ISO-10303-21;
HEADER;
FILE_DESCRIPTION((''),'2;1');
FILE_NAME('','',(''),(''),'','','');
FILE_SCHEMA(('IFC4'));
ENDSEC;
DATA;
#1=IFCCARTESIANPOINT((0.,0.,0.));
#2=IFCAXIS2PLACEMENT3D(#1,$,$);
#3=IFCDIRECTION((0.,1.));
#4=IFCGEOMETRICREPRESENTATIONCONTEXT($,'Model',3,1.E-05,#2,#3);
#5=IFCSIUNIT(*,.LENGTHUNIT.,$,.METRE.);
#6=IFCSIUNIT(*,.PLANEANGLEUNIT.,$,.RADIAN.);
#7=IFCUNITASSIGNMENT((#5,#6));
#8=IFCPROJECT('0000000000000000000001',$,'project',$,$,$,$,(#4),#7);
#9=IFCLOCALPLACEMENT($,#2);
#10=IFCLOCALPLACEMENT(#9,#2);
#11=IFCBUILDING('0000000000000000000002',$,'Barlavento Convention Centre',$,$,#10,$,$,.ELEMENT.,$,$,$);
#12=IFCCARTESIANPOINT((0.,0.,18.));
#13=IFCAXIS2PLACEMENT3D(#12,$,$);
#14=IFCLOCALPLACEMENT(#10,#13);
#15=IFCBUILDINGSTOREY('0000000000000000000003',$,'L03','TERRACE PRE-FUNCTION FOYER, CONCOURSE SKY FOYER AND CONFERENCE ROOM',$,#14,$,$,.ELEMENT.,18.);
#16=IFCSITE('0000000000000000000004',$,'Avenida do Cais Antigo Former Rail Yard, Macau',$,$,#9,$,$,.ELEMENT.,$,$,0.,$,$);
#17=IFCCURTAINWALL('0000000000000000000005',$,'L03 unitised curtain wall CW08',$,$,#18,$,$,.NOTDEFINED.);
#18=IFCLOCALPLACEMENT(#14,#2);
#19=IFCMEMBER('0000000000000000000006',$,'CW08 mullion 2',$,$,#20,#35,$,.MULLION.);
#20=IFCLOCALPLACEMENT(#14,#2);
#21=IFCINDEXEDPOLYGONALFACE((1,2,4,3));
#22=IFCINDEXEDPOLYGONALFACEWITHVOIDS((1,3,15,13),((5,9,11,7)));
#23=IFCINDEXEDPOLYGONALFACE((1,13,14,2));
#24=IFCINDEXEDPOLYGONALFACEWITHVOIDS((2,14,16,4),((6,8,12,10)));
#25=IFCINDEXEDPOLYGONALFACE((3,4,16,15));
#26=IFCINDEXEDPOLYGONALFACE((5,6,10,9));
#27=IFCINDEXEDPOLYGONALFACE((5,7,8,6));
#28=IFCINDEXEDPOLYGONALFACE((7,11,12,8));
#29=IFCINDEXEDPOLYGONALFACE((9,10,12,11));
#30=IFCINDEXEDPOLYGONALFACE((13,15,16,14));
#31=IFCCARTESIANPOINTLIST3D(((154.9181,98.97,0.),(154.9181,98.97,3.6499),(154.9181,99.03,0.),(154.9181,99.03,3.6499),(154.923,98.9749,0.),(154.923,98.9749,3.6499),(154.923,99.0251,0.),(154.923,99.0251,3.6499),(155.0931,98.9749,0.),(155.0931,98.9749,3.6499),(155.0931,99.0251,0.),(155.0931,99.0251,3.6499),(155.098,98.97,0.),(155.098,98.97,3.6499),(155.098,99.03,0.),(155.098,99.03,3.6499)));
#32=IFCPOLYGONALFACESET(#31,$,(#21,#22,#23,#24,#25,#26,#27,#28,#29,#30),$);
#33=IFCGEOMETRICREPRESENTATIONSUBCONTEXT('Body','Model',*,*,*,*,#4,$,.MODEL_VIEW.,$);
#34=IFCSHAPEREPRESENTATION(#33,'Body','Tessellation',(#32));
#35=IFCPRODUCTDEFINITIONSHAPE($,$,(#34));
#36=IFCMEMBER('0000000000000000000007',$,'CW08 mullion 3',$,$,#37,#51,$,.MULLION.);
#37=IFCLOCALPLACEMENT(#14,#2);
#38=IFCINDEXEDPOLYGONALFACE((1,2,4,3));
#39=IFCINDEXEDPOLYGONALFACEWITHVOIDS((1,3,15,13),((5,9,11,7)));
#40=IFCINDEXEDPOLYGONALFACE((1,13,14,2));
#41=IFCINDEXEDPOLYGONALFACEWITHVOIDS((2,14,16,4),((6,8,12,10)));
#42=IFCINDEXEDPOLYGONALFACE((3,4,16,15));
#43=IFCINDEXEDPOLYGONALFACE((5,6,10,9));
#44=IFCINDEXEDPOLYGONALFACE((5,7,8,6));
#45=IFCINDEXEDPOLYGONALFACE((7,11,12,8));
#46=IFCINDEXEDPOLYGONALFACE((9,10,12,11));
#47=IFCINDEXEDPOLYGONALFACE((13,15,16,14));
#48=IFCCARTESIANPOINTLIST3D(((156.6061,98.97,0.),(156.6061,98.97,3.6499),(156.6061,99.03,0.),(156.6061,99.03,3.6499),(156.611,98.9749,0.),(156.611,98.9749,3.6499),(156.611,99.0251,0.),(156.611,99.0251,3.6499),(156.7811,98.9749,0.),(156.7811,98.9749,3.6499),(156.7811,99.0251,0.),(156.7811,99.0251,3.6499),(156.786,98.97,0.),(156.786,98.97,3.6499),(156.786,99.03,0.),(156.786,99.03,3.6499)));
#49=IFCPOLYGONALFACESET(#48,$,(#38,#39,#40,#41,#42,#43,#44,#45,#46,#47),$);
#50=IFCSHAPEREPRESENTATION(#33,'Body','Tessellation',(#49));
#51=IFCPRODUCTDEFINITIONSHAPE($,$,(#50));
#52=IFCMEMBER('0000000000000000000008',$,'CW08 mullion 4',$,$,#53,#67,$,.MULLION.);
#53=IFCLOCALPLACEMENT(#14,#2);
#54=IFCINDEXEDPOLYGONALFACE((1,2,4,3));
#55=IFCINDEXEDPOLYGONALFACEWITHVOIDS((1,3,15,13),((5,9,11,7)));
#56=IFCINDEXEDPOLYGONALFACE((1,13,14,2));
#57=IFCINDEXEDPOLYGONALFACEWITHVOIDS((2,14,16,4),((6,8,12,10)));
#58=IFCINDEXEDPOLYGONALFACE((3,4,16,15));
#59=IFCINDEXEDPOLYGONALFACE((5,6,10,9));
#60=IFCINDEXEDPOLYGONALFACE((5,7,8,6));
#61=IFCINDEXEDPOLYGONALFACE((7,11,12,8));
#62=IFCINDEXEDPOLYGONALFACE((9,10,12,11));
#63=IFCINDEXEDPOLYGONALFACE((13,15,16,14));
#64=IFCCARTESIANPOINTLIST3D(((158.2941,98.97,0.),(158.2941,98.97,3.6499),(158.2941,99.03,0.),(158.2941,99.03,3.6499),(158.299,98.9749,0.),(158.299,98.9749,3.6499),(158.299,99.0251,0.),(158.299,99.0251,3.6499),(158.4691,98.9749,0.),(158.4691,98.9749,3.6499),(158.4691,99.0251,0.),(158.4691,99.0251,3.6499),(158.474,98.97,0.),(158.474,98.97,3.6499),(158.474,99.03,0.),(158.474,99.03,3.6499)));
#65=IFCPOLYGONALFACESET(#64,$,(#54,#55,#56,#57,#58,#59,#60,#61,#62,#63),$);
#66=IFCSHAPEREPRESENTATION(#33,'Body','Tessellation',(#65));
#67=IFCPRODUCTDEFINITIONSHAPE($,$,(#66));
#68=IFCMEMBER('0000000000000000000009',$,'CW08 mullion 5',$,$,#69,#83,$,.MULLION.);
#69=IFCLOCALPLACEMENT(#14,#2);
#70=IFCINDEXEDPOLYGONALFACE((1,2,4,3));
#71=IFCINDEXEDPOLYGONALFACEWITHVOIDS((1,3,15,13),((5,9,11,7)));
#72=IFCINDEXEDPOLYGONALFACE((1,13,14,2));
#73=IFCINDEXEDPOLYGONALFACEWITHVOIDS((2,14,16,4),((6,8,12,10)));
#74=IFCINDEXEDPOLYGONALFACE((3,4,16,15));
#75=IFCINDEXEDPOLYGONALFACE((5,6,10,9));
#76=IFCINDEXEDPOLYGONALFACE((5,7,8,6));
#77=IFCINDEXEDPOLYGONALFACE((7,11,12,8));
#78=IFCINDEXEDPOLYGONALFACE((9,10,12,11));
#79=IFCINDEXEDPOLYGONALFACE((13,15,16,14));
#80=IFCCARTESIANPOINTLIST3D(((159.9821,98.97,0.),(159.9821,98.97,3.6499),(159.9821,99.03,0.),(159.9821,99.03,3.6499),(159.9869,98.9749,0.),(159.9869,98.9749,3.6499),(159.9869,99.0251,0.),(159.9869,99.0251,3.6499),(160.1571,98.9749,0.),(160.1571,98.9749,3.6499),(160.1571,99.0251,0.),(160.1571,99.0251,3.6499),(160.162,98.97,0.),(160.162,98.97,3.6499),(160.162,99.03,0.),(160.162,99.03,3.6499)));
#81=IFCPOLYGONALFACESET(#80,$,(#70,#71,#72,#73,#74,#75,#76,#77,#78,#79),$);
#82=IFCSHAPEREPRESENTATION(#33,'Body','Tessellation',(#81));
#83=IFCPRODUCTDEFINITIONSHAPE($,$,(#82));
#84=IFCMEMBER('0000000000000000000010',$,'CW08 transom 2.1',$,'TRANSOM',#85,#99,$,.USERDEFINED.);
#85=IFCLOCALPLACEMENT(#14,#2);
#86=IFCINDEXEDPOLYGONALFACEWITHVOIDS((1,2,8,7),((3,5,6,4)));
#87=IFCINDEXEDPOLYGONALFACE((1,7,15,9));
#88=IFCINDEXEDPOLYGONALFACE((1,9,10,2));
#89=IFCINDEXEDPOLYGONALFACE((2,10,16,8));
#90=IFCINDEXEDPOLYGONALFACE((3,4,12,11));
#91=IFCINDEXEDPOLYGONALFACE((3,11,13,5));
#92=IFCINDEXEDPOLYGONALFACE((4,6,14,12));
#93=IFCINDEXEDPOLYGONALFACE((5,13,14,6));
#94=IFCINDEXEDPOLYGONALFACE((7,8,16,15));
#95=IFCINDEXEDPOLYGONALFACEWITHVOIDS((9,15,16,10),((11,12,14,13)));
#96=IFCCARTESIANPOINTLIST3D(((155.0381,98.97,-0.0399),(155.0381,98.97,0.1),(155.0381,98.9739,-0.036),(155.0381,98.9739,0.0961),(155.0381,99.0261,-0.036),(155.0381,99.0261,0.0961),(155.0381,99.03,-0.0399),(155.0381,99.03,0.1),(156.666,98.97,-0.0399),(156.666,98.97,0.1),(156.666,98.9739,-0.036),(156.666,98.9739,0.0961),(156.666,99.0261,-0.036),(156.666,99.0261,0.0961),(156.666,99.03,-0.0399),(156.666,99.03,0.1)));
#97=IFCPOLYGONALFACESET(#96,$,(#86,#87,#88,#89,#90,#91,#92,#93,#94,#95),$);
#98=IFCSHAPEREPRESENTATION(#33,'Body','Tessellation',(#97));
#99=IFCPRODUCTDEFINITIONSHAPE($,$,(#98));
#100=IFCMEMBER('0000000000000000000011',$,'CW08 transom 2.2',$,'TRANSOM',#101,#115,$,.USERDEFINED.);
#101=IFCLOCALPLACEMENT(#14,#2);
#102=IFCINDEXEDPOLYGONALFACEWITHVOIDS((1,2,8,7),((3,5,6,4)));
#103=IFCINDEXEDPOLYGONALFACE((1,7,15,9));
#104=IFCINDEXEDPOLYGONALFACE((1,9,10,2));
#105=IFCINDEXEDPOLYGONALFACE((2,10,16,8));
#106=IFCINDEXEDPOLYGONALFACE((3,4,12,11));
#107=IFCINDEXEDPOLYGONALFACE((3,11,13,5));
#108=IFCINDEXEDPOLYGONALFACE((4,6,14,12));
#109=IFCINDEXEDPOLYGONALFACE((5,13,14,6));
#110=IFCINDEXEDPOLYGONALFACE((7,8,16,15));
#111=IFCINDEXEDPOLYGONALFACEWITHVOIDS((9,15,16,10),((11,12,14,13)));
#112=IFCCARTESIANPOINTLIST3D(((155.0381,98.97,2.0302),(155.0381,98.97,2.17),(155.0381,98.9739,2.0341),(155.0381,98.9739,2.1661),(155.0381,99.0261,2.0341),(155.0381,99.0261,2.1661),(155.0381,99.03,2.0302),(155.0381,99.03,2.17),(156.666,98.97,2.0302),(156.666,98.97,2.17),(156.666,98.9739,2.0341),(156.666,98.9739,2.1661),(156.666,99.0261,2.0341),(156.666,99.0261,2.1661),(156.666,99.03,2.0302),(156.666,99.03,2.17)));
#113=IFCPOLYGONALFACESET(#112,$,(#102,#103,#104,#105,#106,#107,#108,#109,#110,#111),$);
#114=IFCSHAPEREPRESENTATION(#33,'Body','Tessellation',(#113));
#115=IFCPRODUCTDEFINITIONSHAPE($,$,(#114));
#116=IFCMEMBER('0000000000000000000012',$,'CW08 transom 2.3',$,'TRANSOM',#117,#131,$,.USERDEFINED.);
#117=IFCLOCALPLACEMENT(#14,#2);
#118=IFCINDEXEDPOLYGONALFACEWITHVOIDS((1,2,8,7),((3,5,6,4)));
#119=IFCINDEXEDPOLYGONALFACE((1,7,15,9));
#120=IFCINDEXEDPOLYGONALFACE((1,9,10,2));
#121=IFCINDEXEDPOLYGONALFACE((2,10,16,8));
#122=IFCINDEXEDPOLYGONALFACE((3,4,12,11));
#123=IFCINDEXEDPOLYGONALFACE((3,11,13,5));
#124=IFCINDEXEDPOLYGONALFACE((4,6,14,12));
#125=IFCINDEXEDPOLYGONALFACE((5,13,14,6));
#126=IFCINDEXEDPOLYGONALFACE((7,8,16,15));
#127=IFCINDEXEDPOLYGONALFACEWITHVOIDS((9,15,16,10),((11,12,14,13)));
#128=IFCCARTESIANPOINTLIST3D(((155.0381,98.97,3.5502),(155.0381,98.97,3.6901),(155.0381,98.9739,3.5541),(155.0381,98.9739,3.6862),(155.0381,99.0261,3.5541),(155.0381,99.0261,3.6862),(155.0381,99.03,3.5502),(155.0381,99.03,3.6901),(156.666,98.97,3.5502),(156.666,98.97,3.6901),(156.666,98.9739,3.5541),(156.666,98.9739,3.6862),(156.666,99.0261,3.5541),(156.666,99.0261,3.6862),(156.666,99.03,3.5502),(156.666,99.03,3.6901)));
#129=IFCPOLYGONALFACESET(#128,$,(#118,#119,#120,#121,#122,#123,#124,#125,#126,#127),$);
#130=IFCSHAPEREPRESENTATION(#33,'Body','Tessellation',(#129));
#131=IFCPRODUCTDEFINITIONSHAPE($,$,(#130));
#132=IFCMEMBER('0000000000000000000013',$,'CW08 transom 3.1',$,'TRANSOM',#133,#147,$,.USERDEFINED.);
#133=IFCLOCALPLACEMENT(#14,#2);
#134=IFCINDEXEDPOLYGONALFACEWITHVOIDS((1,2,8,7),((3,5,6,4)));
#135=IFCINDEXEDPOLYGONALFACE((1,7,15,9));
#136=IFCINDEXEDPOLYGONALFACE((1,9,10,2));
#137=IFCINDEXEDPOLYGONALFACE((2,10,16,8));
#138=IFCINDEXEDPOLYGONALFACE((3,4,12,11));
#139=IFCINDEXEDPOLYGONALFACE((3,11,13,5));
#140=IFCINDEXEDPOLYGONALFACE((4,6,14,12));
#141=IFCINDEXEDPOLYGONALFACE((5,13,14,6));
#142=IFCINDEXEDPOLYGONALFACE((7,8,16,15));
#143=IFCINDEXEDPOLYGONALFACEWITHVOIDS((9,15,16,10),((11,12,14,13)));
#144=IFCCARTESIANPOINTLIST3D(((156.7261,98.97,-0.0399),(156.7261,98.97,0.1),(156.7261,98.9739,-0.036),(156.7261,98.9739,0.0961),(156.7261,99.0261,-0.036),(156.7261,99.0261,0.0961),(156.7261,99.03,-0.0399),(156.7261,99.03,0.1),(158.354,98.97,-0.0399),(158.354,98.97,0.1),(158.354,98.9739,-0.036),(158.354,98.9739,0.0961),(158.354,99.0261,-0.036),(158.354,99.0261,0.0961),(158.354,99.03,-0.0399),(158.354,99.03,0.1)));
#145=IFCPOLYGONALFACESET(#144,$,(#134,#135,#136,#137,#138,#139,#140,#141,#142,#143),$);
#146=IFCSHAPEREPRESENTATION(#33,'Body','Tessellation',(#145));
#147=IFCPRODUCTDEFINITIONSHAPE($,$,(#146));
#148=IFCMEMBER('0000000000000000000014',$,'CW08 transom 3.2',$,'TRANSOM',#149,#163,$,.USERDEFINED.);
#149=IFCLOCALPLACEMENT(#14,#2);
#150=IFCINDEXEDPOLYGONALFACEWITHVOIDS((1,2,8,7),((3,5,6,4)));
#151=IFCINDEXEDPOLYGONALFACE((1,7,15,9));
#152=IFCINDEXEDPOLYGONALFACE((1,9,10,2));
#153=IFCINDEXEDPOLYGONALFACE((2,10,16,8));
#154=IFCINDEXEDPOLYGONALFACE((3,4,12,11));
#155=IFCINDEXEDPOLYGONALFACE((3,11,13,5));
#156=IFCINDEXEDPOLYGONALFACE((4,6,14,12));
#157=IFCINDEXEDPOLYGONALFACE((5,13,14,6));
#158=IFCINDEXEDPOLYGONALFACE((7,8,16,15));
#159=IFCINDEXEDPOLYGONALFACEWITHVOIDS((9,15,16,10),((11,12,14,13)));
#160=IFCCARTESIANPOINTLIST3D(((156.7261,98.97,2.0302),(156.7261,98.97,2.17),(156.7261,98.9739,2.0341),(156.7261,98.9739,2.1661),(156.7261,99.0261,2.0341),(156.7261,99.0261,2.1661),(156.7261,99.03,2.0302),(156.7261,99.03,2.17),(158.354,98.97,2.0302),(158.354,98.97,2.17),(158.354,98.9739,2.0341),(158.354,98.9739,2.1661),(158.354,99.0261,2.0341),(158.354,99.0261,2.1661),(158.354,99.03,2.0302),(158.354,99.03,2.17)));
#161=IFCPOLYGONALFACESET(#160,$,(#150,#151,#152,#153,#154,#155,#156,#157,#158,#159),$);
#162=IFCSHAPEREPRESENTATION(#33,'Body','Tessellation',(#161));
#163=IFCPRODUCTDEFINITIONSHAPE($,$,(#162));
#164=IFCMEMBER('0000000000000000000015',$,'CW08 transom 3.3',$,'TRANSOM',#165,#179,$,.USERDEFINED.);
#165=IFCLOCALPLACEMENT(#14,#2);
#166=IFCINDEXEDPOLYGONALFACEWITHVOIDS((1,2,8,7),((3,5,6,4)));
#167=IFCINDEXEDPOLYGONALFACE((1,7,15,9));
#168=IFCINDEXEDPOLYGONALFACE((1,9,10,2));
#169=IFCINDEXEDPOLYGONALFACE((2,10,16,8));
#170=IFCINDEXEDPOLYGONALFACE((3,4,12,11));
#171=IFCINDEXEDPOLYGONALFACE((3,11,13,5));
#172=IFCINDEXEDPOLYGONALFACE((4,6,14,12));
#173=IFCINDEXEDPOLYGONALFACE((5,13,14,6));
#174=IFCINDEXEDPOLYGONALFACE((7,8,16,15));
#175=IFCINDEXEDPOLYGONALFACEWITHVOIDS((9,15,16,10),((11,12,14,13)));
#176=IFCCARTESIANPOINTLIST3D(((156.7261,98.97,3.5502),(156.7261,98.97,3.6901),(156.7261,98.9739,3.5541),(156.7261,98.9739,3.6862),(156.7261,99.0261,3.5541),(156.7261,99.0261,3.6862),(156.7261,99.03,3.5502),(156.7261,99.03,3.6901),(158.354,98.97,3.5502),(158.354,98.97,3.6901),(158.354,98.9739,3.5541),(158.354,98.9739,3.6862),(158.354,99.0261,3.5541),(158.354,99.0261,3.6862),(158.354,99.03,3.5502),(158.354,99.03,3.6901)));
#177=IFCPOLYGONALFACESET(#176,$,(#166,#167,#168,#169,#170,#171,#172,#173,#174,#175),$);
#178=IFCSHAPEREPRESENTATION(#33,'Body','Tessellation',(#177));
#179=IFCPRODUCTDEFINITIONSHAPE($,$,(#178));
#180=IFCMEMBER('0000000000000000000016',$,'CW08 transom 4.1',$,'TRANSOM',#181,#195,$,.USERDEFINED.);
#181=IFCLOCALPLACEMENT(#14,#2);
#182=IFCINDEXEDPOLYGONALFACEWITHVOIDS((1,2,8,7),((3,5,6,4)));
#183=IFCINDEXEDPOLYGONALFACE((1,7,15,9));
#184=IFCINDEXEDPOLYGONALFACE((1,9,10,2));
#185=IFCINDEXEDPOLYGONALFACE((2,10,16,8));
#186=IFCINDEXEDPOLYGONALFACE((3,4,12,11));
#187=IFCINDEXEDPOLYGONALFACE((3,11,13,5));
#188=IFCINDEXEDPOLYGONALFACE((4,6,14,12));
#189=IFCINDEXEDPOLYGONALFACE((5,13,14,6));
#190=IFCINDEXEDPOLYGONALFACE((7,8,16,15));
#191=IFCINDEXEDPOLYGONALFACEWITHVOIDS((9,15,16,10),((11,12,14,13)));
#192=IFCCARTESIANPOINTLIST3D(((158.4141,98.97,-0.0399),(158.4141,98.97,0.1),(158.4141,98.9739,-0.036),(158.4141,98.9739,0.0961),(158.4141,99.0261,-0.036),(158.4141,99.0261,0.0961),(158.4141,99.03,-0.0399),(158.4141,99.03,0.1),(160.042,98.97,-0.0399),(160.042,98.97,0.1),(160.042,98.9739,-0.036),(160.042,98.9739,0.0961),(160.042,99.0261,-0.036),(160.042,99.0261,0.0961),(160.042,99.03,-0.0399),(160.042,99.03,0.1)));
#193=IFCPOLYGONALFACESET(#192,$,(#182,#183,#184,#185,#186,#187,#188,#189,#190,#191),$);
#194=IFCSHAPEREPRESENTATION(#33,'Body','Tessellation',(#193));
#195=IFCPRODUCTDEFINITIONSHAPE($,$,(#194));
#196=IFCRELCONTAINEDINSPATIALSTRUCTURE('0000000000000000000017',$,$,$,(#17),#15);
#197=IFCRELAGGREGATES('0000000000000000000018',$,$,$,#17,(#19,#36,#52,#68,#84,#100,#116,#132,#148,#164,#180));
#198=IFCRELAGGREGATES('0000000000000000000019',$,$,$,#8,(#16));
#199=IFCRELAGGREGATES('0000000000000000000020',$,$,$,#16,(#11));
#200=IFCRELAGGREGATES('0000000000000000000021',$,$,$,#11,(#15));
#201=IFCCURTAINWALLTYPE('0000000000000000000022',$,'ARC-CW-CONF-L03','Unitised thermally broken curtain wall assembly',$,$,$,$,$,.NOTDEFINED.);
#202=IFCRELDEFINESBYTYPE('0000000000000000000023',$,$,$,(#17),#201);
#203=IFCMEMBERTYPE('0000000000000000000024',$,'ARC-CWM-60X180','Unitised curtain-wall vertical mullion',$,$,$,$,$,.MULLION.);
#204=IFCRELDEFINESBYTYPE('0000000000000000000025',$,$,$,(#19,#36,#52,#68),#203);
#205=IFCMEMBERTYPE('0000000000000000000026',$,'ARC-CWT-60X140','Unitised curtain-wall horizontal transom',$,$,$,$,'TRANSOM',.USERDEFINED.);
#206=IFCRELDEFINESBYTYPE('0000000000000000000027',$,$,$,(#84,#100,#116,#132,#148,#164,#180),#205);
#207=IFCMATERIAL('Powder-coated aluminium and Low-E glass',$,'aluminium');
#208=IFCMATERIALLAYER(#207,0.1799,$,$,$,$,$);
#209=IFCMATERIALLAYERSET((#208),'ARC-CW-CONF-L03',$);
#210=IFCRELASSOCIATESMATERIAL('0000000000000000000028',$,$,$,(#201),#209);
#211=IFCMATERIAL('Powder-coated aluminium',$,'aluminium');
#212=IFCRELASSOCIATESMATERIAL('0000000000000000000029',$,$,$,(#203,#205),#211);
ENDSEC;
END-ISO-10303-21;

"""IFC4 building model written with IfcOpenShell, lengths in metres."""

from ifc_helpers import new_model, si_unit, direction, frame, origin, origin_2d, place, context, subcontext, project, spatial, hollow_rectangle, extrude, material, layer, layer_set, material_profile, profile_set, type_object, element, aggregate, save


model = new_model("IFC4")

# Units and contexts
model_context = context("Model", 3, precision=1e-05, world=origin(), true_north=direction((0.0, 1.0)))
body_context = subcontext(model_context, "Body", "Model", "MODEL_VIEW")
ifc_project = project(units=[si_unit("LENGTHUNIT", "METRE"), si_unit("PLANEANGLEUNIT", "RADIAN")], contexts=[model_context])

# Site, building, storey
site_placement = place(None, origin())
site = spatial("IfcSite", under=ifc_project, at=site_placement, Name="Avenida do Cais Antigo Former Rail Yard, Macau", CompositionType="ELEMENT", RefElevation=0.0)
building_placement = place(site_placement, origin())
building = spatial("IfcBuilding", under=site, at=building_placement, Name="Barlavento Convention Centre", CompositionType="ELEMENT")
storey_placement = place(building_placement, frame((0.0, 0.0, 18.0)))
storey = spatial("IfcBuildingStorey", under=building, at=storey_placement, Name="L03", Description="TERRACE PRE-FUNCTION FOYER, CONCOURSE SKY FOYER AND CONFERENCE ROOM", CompositionType="ELEMENT", Elevation=18.0)

# Curtain wall, members
ifc_material_1 = material(Name="Powder-coated aluminium and Low-E glass", Category="aluminium")
ifc_layer_1 = layer(ifc_material_1, 0.1799)
ifc_layer_set_1 = layer_set([ifc_layer_1], Name="ARC-CW-CONF-L03")
curtain_wall_type = type_object("IfcCurtainWallType", Name="ARC-CW-CONF-L03", Description="Unitised thermally broken curtain wall assembly", PredefinedType="NOTDEFINED", material=ifc_layer_set_1)
curtain_wall_placement = place(storey_placement, origin())
curtain_wall = element("IfcCurtainWall", 1, at=curtain_wall_placement, inside=storey, type_object=curtain_wall_type, Name="L03 unitised curtain wall CW08", PredefinedType="NOTDEFINED")
ifc_material_2 = material(Name="Powder-coated aluminium", Category="aluminium")
ifc_material_profile_1 = material_profile(ifc_material_2, hollow_rectangle(XDim=0.0601, YDim=0.1799, WallThickness=0.0049, at=origin_2d()), Name="AL-MULL 60x180x5")
ifc_profile_set_1 = profile_set([ifc_material_profile_1], Name="Powder-coated aluminium")
member_type_1 = type_object("IfcMemberType", Name="ARC-CWM-60X180", Description="Unitised curtain-wall vertical mullion", PredefinedType="MULLION", material=ifc_profile_set_1)
member_1_placement = place(storey_placement, frame((155.0081, 99.0, 0.0), z_axis=(0.0, 0.0, 1.0), x_axis=(0.0, 1.0, 0.0)))
member_1 = element("IfcMember", 2, at=member_1_placement, type_object=member_type_1, Name="CW08 mullion 2", PredefinedType="MULLION", context=body_context, shape_type="SweptSolid", body=[
    extrude(hollow_rectangle(XDim=0.0601, YDim=0.1799, WallThickness=0.0049, at=origin_2d()), origin(), (0.0, 0.0, 1.0), 3.6499),
])
member_2_placement = place(storey_placement, frame((156.696, 99.0, 0.0), z_axis=(0.0, 0.0, 1.0), x_axis=(0.0, 1.0, 0.0)))
member_2 = element("IfcMember", 3, at=member_2_placement, type_object=member_type_1, Name="CW08 mullion 3", PredefinedType="MULLION", context=body_context, shape_type="SweptSolid", body=[
    extrude(hollow_rectangle(XDim=0.0601, YDim=0.1799, WallThickness=0.0049, at=origin_2d()), origin(), (0.0, 0.0, 1.0), 3.6499),
])
member_3_placement = place(storey_placement, frame((158.384, 99.0, 0.0), z_axis=(0.0, 0.0, 1.0), x_axis=(0.0, 1.0, 0.0)))
member_3 = element("IfcMember", 4, at=member_3_placement, type_object=member_type_1, Name="CW08 mullion 4", PredefinedType="MULLION", context=body_context, shape_type="SweptSolid", body=[
    extrude(hollow_rectangle(XDim=0.0601, YDim=0.1799, WallThickness=0.0049, at=origin_2d()), origin(), (0.0, 0.0, 1.0), 3.6499),
])
member_4_placement = place(storey_placement, frame((160.072, 99.0, 0.0), z_axis=(0.0, 0.0, 1.0), x_axis=(0.0, 1.0, 0.0)))
member_4 = element("IfcMember", 5, at=member_4_placement, type_object=member_type_1, Name="CW08 mullion 5", PredefinedType="MULLION", context=body_context, shape_type="SweptSolid", body=[
    extrude(hollow_rectangle(XDim=0.0601, YDim=0.1799, WallThickness=0.0049, at=origin_2d()), origin(), (0.0, 0.0, 1.0), 3.6499),
])
ifc_material_profile_2 = material_profile(ifc_material_2, hollow_rectangle(XDim=0.0601, YDim=0.1399, WallThickness=0.0039, at=origin_2d()), Name="AL-TRAN 60x140x4")
ifc_profile_set_2 = profile_set([ifc_material_profile_2], Name="Powder-coated aluminium")
member_type_2 = type_object("IfcMemberType", Name="ARC-CWT-60X140", Description="Unitised curtain-wall horizontal transom", ElementType="TRANSOM", PredefinedType="USERDEFINED", material=ifc_profile_set_2)
member_5_placement = place(storey_placement, frame((155.0381, 99.0, 0.03), z_axis=(1.0, 0.0, 0.0), x_axis=(0.0, 1.0, 0.0)))
member_5 = element("IfcMember", 6, at=member_5_placement, type_object=member_type_2, Name="CW08 transom 2.1", ObjectType="TRANSOM", PredefinedType="USERDEFINED", context=body_context, shape_type="SweptSolid", body=[
    extrude(hollow_rectangle(XDim=0.0601, YDim=0.1399, WallThickness=0.0039, at=origin_2d()), origin(), (0.0, 0.0, 1.0), 1.6279),
])
member_6_placement = place(storey_placement, frame((155.0381, 99.0, 2.1001), z_axis=(1.0, 0.0, 0.0), x_axis=(0.0, 1.0, 0.0)))
member_6 = element("IfcMember", 7, at=member_6_placement, type_object=member_type_2, Name="CW08 transom 2.2", ObjectType="TRANSOM", PredefinedType="USERDEFINED", context=body_context, shape_type="SweptSolid", body=[
    extrude(hollow_rectangle(XDim=0.0601, YDim=0.1399, WallThickness=0.0039, at=origin_2d()), origin(), (0.0, 0.0, 1.0), 1.6279),
])
member_7_placement = place(storey_placement, frame((155.0381, 99.0, 3.6201), z_axis=(1.0, 0.0, 0.0), x_axis=(0.0, 1.0, 0.0)))
member_7 = element("IfcMember", 8, at=member_7_placement, type_object=member_type_2, Name="CW08 transom 2.3", ObjectType="TRANSOM", PredefinedType="USERDEFINED", context=body_context, shape_type="SweptSolid", body=[
    extrude(hollow_rectangle(XDim=0.0601, YDim=0.1399, WallThickness=0.0039, at=origin_2d()), origin(), (0.0, 0.0, 1.0), 1.6279),
])
member_8_placement = place(storey_placement, frame((156.7261, 99.0, 0.03), z_axis=(1.0, 0.0, 0.0), x_axis=(0.0, 1.0, 0.0)))
member_8 = element("IfcMember", 9, at=member_8_placement, type_object=member_type_2, Name="CW08 transom 3.1", ObjectType="TRANSOM", PredefinedType="USERDEFINED", context=body_context, shape_type="SweptSolid", body=[
    extrude(hollow_rectangle(XDim=0.0601, YDim=0.1399, WallThickness=0.0039, at=origin_2d()), origin(), (0.0, 0.0, 1.0), 1.6279),
])
member_9_placement = place(storey_placement, frame((156.7261, 99.0, 2.1001), z_axis=(1.0, 0.0, 0.0), x_axis=(0.0, 1.0, 0.0)))
member_9 = element("IfcMember", 10, at=member_9_placement, type_object=member_type_2, Name="CW08 transom 3.2", ObjectType="TRANSOM", PredefinedType="USERDEFINED", context=body_context, shape_type="SweptSolid", body=[
    extrude(hollow_rectangle(XDim=0.0601, YDim=0.1399, WallThickness=0.0039, at=origin_2d()), origin(), (0.0, 0.0, 1.0), 1.6279),
])
member_10_placement = place(storey_placement, frame((156.7261, 99.0, 3.6201), z_axis=(1.0, 0.0, 0.0), x_axis=(0.0, 1.0, 0.0)))
member_10 = element("IfcMember", 11, at=member_10_placement, type_object=member_type_2, Name="CW08 transom 3.3", ObjectType="TRANSOM", PredefinedType="USERDEFINED", context=body_context, shape_type="SweptSolid", body=[
    extrude(hollow_rectangle(XDim=0.0601, YDim=0.1399, WallThickness=0.0039, at=origin_2d()), origin(), (0.0, 0.0, 1.0), 1.6279),
])
member_11_placement = place(storey_placement, frame((158.4141, 99.0, 0.03), z_axis=(1.0, 0.0, 0.0), x_axis=(0.0, 1.0, 0.0)))
member_11 = element("IfcMember", 12, at=member_11_placement, type_object=member_type_2, Name="CW08 transom 4.1", ObjectType="TRANSOM", PredefinedType="USERDEFINED", context=body_context, shape_type="SweptSolid", body=[
    extrude(hollow_rectangle(XDim=0.0601, YDim=0.1399, WallThickness=0.0039, at=origin_2d()), origin(), (0.0, 0.0, 1.0), 1.6279),
])
aggregate(curtain_wall, [member_1, member_2, member_3, member_4, member_5, member_6, member_7, member_8, member_9, member_10, member_11])

save(model, "model.ifc")
